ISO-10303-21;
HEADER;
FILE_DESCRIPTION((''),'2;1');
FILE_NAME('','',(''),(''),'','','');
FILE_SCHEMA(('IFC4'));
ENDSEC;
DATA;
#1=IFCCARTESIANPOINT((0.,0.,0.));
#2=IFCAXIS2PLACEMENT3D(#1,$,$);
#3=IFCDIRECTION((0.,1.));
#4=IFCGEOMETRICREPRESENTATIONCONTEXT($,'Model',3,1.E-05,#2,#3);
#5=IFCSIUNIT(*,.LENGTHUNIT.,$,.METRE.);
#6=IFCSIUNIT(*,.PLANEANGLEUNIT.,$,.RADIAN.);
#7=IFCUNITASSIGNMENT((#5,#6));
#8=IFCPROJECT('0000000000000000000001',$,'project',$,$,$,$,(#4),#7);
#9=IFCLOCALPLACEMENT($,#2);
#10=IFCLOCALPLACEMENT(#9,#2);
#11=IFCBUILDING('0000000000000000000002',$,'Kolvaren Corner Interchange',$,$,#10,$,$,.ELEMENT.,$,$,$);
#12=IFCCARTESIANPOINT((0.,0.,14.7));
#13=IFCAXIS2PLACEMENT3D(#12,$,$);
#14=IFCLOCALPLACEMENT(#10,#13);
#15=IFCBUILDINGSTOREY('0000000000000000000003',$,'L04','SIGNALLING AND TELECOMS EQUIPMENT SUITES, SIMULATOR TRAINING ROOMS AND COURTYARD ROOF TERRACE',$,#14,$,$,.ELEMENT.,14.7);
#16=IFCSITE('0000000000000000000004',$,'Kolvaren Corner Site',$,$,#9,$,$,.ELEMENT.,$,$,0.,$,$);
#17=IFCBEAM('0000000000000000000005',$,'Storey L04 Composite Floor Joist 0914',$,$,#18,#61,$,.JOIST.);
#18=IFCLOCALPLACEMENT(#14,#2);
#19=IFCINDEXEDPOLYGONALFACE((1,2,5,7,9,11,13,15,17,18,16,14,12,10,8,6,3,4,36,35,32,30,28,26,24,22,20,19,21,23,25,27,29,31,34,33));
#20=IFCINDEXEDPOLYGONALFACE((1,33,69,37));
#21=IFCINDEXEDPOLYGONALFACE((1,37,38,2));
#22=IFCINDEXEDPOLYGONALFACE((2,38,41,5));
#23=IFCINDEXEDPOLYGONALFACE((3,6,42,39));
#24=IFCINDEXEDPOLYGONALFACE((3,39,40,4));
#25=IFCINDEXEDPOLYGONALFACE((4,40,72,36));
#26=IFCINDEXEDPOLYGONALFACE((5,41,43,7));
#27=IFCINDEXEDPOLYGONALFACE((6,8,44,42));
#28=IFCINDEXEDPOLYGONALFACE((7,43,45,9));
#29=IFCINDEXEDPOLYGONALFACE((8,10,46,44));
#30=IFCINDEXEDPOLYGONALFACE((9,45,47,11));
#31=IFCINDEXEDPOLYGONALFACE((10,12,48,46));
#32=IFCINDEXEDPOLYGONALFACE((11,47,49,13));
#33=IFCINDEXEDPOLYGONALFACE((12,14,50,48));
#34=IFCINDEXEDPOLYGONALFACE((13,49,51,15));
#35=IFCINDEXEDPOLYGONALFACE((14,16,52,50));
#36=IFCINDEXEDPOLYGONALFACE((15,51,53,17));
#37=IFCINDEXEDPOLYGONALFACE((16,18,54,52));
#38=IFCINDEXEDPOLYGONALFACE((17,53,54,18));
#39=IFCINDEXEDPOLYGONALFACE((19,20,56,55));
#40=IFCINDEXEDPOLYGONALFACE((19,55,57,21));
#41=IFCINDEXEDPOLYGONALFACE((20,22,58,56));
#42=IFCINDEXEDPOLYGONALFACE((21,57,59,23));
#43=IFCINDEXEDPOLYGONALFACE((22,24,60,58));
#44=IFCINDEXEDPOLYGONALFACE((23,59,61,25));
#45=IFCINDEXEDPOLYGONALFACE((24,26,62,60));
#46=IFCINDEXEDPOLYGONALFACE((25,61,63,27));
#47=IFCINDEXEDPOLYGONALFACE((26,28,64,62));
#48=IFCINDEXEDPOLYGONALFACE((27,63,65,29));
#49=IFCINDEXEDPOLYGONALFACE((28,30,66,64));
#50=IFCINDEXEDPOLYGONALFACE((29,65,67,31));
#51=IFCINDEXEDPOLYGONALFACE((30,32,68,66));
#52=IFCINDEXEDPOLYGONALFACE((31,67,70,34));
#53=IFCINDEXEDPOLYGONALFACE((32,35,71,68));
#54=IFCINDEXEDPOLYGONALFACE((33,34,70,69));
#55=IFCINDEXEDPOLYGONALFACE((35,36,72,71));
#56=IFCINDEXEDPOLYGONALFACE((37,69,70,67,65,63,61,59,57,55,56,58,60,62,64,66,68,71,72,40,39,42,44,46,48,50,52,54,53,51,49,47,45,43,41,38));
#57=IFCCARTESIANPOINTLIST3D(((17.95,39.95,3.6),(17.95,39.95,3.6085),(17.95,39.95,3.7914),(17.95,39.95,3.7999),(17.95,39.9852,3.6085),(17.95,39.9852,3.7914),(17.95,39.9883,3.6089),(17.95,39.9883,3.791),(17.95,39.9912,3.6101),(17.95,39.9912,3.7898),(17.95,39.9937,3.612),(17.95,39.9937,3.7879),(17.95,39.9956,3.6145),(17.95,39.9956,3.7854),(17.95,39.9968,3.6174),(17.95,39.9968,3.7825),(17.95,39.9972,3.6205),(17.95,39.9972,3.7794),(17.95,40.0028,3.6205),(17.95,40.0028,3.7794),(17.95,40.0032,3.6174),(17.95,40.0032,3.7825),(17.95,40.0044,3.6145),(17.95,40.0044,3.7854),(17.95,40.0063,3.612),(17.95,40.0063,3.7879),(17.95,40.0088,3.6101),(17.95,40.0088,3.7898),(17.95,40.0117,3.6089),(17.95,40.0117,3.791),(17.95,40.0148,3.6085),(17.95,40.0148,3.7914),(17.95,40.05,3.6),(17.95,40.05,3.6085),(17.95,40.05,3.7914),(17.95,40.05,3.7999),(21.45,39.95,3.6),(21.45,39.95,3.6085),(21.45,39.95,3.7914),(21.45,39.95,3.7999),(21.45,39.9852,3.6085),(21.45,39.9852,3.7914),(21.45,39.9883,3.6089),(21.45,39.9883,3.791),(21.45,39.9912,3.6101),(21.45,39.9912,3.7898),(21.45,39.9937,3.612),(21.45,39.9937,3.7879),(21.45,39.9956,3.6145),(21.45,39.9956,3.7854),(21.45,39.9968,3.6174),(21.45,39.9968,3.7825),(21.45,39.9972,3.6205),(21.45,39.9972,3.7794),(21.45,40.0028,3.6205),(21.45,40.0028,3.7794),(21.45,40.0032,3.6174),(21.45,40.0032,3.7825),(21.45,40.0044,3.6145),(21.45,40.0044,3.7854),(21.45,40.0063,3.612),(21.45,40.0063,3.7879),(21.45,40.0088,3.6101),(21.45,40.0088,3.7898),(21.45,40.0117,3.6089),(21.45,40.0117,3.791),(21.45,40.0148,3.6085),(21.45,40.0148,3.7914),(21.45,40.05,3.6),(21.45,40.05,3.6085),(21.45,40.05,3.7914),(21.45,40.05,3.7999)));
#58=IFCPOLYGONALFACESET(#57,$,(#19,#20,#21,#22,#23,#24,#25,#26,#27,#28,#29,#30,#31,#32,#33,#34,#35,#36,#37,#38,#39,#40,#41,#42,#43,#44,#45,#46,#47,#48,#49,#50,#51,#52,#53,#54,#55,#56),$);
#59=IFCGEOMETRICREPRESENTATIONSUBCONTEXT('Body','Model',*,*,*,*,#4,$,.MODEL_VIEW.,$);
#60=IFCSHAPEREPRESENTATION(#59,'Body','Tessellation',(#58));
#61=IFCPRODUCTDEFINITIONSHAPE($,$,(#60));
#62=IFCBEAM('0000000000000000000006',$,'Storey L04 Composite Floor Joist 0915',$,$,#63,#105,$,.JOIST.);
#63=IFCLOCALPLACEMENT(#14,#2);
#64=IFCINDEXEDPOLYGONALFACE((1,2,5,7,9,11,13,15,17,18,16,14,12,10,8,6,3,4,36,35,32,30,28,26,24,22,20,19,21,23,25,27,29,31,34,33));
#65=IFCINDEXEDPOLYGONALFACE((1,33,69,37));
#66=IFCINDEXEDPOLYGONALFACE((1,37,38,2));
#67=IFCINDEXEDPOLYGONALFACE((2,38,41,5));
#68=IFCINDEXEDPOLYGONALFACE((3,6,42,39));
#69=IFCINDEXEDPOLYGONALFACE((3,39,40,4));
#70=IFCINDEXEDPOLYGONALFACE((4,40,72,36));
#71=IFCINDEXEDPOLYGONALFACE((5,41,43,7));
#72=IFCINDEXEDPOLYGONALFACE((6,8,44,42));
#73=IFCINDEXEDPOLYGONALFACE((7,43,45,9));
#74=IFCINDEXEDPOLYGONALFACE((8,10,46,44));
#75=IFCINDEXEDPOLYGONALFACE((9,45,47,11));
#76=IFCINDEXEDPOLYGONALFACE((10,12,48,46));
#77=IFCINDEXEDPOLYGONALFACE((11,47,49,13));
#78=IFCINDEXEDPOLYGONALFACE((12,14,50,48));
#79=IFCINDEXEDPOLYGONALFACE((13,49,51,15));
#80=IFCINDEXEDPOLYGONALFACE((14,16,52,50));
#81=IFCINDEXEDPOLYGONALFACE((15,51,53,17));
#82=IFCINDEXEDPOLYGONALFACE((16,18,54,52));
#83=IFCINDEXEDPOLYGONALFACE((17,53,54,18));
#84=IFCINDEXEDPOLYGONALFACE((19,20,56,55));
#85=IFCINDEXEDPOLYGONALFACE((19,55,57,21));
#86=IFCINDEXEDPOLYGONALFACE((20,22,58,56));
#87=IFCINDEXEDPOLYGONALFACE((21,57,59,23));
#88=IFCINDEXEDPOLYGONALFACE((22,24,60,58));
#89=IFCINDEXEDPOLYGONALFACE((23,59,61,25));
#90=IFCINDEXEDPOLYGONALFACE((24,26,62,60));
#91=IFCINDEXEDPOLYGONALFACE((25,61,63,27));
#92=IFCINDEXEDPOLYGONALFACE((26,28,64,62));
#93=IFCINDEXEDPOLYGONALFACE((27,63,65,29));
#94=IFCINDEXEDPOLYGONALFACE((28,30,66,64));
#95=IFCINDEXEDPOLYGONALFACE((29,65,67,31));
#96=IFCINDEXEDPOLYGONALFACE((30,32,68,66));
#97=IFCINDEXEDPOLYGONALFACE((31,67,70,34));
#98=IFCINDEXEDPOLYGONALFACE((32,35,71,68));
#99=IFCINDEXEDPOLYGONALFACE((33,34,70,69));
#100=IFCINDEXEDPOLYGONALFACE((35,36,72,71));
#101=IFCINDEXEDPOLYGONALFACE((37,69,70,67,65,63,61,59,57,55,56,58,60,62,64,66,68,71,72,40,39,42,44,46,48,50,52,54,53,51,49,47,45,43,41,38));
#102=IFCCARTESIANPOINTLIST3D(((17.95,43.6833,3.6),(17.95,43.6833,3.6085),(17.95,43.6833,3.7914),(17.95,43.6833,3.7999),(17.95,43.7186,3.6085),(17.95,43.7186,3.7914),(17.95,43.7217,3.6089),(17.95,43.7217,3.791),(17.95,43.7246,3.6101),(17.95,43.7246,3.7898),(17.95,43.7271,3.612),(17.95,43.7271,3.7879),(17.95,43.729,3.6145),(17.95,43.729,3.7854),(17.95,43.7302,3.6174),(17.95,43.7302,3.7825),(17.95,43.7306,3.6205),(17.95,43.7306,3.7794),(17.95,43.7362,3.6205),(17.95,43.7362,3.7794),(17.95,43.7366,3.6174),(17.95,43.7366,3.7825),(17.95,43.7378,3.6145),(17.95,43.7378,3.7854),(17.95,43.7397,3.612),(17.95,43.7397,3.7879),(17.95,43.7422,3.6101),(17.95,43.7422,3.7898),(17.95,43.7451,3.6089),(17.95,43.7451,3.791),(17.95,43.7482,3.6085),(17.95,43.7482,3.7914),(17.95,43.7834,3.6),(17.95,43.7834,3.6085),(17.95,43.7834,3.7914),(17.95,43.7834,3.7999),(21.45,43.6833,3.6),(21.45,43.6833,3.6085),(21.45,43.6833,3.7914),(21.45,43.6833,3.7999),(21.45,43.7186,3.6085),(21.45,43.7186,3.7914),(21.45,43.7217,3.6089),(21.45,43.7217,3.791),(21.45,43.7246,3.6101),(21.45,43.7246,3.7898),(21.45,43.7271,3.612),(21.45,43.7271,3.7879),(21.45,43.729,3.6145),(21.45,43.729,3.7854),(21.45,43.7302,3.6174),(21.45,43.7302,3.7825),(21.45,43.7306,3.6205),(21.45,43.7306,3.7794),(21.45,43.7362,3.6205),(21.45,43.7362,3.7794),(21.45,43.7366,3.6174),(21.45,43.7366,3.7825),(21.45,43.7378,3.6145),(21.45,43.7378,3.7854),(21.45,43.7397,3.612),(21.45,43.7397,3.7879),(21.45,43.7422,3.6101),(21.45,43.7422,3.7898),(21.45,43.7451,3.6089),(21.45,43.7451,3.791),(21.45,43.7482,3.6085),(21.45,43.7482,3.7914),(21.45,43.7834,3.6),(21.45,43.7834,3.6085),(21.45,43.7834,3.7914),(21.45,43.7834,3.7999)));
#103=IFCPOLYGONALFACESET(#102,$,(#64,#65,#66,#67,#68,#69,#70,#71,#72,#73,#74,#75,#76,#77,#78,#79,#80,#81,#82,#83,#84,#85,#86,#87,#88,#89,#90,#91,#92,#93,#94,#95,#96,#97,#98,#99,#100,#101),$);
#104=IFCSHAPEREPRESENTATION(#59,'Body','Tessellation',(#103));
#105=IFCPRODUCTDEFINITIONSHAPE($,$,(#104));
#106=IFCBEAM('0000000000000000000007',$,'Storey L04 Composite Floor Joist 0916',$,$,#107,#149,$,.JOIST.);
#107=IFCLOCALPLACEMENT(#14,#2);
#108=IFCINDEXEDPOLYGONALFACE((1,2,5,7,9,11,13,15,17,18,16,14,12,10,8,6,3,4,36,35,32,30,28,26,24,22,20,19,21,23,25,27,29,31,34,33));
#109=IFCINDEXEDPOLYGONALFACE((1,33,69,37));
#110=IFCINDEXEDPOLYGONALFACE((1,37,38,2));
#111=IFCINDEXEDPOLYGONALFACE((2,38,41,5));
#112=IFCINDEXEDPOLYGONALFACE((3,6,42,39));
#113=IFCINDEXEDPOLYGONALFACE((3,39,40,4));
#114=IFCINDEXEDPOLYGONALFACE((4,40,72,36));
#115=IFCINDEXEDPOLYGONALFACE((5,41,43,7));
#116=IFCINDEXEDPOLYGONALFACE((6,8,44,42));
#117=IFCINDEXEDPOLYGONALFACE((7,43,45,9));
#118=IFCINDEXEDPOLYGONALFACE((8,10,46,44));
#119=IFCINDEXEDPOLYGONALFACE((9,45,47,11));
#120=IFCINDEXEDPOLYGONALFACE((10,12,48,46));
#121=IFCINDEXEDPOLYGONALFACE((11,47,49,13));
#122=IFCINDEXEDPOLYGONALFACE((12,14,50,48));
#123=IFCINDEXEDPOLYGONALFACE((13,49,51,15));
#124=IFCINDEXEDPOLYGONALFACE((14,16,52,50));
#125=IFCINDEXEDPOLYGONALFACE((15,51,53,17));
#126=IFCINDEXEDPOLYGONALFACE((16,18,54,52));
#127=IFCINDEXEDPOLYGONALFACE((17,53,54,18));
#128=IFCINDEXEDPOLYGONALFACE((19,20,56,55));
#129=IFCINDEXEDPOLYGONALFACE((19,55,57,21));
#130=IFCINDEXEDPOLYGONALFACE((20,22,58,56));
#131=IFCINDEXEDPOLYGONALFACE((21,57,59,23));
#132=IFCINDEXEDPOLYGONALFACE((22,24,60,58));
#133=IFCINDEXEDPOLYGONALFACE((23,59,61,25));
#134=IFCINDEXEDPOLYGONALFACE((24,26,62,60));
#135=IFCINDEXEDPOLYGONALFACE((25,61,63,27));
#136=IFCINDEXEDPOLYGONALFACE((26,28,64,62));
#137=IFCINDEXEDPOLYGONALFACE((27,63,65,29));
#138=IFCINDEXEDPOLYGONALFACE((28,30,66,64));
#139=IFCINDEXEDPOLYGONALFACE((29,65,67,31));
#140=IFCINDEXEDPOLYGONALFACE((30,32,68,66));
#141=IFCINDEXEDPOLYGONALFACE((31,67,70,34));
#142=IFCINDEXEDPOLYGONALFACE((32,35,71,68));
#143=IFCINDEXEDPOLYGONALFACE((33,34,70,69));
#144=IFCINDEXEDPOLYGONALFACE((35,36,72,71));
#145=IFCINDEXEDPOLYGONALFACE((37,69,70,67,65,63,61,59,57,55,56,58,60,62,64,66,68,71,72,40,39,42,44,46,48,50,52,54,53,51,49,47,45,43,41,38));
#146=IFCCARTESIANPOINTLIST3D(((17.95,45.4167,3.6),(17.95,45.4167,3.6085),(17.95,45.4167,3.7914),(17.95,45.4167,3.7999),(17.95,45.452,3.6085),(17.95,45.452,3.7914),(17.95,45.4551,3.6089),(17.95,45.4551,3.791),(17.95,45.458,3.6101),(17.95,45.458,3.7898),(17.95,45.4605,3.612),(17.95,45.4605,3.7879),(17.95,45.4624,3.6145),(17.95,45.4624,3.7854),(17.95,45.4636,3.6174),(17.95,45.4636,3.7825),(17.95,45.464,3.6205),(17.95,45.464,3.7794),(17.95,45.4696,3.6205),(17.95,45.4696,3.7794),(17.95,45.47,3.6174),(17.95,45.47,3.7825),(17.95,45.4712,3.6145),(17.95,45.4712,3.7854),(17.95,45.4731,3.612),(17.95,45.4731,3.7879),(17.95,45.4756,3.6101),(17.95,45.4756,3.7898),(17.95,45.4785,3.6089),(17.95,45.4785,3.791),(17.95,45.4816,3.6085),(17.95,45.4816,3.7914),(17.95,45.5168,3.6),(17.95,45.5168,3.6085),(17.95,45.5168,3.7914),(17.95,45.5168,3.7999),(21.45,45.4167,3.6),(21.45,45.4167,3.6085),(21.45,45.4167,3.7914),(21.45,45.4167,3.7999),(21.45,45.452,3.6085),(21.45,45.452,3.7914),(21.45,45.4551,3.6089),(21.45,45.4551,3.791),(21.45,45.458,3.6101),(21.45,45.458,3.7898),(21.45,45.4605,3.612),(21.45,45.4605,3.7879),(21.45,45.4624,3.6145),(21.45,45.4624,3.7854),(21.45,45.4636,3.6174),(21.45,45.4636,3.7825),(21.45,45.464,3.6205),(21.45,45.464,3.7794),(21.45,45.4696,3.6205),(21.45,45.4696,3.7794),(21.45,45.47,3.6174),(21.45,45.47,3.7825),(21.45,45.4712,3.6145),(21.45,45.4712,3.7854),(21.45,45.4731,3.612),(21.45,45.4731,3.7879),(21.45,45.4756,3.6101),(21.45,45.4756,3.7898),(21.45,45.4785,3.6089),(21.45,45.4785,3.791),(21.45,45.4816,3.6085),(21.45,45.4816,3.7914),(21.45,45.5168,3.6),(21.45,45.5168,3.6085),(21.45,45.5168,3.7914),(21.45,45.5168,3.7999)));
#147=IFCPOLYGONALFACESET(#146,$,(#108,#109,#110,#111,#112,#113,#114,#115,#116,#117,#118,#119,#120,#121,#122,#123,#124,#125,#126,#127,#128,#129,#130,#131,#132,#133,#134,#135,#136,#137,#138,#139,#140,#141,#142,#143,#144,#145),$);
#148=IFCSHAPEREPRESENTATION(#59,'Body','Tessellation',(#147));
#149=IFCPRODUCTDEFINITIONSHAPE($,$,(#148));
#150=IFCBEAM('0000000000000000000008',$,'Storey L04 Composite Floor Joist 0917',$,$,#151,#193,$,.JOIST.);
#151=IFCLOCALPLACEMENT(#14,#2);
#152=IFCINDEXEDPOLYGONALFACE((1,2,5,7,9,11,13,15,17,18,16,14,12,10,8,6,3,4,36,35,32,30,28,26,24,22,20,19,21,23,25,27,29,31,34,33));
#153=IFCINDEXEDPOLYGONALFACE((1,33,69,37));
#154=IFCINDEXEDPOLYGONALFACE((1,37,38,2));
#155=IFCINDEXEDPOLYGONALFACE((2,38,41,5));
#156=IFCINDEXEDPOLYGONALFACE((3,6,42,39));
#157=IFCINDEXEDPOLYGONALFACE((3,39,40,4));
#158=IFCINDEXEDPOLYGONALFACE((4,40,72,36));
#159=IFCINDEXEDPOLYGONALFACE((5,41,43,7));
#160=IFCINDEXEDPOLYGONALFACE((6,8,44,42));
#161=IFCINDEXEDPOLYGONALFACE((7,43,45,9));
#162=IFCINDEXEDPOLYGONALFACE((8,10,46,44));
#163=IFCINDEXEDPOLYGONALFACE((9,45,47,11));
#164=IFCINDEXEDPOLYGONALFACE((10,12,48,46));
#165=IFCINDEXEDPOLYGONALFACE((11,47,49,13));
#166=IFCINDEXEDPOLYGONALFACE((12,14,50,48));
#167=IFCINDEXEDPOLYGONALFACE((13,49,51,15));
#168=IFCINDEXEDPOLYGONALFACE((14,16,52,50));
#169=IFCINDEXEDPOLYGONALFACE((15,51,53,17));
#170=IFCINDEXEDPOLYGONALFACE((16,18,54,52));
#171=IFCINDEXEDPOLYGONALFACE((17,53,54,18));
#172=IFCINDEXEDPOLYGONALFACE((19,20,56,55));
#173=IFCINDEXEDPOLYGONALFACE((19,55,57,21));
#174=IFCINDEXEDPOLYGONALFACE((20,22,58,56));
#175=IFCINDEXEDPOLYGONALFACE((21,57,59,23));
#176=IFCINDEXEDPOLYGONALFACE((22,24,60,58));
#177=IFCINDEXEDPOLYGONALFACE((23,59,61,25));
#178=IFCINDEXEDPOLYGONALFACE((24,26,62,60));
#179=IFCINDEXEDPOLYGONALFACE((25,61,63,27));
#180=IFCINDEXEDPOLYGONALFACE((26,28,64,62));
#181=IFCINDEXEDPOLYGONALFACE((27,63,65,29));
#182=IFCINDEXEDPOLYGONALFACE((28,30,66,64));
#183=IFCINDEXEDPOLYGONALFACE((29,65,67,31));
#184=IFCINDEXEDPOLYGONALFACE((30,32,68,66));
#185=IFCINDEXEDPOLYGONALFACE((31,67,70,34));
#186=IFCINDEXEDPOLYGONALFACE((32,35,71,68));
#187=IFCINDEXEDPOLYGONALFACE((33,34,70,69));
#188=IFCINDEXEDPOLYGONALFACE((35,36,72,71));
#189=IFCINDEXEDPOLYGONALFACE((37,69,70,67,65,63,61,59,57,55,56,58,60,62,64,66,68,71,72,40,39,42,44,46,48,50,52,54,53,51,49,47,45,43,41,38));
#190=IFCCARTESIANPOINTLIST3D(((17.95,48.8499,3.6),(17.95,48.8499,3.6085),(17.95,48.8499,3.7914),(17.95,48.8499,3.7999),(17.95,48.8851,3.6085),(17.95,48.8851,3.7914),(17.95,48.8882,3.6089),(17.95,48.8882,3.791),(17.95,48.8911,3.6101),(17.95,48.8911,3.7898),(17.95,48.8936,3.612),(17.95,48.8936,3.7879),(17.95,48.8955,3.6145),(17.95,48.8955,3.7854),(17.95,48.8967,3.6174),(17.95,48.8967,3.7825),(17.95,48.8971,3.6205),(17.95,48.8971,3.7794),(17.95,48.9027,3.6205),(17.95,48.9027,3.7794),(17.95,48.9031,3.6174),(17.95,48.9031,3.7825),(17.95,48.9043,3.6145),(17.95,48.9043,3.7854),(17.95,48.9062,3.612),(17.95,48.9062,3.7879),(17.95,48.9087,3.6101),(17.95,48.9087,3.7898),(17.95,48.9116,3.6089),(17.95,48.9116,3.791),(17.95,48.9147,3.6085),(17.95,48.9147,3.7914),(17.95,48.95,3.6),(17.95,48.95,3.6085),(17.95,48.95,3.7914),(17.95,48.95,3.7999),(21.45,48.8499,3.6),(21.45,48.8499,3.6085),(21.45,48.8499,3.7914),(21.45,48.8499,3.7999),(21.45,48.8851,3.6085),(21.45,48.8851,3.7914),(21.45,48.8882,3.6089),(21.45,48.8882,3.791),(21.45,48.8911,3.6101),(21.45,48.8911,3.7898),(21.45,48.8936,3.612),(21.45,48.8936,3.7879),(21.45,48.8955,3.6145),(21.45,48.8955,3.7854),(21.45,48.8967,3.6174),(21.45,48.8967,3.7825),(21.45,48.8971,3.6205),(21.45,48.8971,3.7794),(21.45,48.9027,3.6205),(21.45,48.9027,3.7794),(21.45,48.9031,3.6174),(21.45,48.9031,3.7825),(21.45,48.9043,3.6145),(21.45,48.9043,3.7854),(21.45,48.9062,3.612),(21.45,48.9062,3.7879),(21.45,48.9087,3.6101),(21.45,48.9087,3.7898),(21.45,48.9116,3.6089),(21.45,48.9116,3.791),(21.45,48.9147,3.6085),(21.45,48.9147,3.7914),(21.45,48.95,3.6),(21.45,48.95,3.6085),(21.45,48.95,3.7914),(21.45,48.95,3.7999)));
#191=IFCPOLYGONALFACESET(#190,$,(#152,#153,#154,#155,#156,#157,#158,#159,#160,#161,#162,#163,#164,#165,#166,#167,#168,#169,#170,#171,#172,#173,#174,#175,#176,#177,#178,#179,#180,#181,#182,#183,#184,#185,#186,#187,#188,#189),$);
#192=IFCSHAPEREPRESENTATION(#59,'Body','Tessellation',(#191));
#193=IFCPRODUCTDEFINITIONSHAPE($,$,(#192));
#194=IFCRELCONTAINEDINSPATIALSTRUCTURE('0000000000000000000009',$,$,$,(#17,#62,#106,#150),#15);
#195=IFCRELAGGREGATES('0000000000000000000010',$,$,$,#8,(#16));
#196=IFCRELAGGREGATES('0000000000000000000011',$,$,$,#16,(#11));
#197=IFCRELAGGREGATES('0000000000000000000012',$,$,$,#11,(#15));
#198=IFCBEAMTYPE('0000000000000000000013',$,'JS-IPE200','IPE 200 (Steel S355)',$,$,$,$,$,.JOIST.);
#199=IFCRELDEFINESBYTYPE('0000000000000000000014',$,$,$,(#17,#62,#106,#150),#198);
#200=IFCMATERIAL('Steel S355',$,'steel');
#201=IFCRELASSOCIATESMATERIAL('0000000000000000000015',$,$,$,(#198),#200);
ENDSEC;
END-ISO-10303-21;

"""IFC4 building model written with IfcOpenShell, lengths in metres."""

from ifc_helpers import new_model, si_unit, direction, frame, origin, origin_2d, place, context, subcontext, project, spatial, i_section, extrude, material, material_profile, profile_set, type_object, element, save


model = new_model("IFC4")

# Units and contexts
model_context = context("Model", 3, precision=1e-05, world=origin(), true_north=direction((0.0, 1.0)))
body_context = subcontext(model_context, "Body", "Model", "MODEL_VIEW")
ifc_project = project(units=[si_unit("LENGTHUNIT", "METRE"), si_unit("PLANEANGLEUNIT", "RADIAN")], contexts=[model_context])

# Site, building, storey
site_placement = place(None, origin())
site = spatial("IfcSite", under=ifc_project, at=site_placement, Name="Kolvaren Corner Site", CompositionType="ELEMENT", RefElevation=0.0)
building_placement = place(site_placement, origin())
building = spatial("IfcBuilding", under=site, at=building_placement, Name="Kolvaren Corner Interchange", CompositionType="ELEMENT")
storey_placement = place(building_placement, frame((0.0, 0.0, 14.7)))
storey = spatial("IfcBuildingStorey", under=building, at=storey_placement, Name="L04", Description="SIGNALLING AND TELECOMS EQUIPMENT SUITES, SIMULATOR TRAINING ROOMS AND COURTYARD ROOF TERRACE", CompositionType="ELEMENT", Elevation=14.7)

# Beams
ifc_material_1 = material(Name="Steel S355", Category="steel")
ifc_material_profile_1 = material_profile(ifc_material_1, i_section(OverallWidth=0.1001, OverallDepth=0.2, WebThickness=0.0056, FlangeThickness=0.0085, FilletRadius=0.012, at=origin_2d()), Name="IPE 200")
ifc_profile_set_1 = profile_set([ifc_material_profile_1], Name="Steel S355")
beam_type_1 = type_object("IfcBeamType", Name="JS-IPE200", Description="IPE 200 (Steel S355)", PredefinedType="JOIST", material=ifc_profile_set_1)
for number, where, z_axis, x_axis, name in (
    (1, (17.95, 40.0, 3.7), (1.0, 0.0, 0.0), (0.0, 1.0, 0.0), "Storey L04 Composite Floor Joist 0914"),
    (2, (17.95, 43.7334, 3.7), (1.0, 0.0, 0.0), (0.0, 1.0, 0.0), "Storey L04 Composite Floor Joist 0915"),
    (3, (17.95, 45.4668, 3.7), (1.0, 0.0, 0.0), (0.0, 1.0, 0.0), "Storey L04 Composite Floor Joist 0916"),
    (4, (17.95, 48.8999, 3.7), (1.0, 0.0, 0.0), (0.0, 1.0, 0.0), "Storey L04 Composite Floor Joist 0917"),
):
    element("IfcBeam", number, at=place(storey_placement, frame(where, z_axis=z_axis, x_axis=x_axis)), inside=storey, type_object=beam_type_1, Name=name, PredefinedType="JOIST", context=body_context, shape_type="SweptSolid", body=[
        extrude(i_section(OverallWidth=0.1001, OverallDepth=0.2, WebThickness=0.0056, FlangeThickness=0.0085, FilletRadius=0.012, at=origin_2d()), origin(), (0.0, 0.0, 1.0), 3.5),
    ])

save(model, "model.ifc")
